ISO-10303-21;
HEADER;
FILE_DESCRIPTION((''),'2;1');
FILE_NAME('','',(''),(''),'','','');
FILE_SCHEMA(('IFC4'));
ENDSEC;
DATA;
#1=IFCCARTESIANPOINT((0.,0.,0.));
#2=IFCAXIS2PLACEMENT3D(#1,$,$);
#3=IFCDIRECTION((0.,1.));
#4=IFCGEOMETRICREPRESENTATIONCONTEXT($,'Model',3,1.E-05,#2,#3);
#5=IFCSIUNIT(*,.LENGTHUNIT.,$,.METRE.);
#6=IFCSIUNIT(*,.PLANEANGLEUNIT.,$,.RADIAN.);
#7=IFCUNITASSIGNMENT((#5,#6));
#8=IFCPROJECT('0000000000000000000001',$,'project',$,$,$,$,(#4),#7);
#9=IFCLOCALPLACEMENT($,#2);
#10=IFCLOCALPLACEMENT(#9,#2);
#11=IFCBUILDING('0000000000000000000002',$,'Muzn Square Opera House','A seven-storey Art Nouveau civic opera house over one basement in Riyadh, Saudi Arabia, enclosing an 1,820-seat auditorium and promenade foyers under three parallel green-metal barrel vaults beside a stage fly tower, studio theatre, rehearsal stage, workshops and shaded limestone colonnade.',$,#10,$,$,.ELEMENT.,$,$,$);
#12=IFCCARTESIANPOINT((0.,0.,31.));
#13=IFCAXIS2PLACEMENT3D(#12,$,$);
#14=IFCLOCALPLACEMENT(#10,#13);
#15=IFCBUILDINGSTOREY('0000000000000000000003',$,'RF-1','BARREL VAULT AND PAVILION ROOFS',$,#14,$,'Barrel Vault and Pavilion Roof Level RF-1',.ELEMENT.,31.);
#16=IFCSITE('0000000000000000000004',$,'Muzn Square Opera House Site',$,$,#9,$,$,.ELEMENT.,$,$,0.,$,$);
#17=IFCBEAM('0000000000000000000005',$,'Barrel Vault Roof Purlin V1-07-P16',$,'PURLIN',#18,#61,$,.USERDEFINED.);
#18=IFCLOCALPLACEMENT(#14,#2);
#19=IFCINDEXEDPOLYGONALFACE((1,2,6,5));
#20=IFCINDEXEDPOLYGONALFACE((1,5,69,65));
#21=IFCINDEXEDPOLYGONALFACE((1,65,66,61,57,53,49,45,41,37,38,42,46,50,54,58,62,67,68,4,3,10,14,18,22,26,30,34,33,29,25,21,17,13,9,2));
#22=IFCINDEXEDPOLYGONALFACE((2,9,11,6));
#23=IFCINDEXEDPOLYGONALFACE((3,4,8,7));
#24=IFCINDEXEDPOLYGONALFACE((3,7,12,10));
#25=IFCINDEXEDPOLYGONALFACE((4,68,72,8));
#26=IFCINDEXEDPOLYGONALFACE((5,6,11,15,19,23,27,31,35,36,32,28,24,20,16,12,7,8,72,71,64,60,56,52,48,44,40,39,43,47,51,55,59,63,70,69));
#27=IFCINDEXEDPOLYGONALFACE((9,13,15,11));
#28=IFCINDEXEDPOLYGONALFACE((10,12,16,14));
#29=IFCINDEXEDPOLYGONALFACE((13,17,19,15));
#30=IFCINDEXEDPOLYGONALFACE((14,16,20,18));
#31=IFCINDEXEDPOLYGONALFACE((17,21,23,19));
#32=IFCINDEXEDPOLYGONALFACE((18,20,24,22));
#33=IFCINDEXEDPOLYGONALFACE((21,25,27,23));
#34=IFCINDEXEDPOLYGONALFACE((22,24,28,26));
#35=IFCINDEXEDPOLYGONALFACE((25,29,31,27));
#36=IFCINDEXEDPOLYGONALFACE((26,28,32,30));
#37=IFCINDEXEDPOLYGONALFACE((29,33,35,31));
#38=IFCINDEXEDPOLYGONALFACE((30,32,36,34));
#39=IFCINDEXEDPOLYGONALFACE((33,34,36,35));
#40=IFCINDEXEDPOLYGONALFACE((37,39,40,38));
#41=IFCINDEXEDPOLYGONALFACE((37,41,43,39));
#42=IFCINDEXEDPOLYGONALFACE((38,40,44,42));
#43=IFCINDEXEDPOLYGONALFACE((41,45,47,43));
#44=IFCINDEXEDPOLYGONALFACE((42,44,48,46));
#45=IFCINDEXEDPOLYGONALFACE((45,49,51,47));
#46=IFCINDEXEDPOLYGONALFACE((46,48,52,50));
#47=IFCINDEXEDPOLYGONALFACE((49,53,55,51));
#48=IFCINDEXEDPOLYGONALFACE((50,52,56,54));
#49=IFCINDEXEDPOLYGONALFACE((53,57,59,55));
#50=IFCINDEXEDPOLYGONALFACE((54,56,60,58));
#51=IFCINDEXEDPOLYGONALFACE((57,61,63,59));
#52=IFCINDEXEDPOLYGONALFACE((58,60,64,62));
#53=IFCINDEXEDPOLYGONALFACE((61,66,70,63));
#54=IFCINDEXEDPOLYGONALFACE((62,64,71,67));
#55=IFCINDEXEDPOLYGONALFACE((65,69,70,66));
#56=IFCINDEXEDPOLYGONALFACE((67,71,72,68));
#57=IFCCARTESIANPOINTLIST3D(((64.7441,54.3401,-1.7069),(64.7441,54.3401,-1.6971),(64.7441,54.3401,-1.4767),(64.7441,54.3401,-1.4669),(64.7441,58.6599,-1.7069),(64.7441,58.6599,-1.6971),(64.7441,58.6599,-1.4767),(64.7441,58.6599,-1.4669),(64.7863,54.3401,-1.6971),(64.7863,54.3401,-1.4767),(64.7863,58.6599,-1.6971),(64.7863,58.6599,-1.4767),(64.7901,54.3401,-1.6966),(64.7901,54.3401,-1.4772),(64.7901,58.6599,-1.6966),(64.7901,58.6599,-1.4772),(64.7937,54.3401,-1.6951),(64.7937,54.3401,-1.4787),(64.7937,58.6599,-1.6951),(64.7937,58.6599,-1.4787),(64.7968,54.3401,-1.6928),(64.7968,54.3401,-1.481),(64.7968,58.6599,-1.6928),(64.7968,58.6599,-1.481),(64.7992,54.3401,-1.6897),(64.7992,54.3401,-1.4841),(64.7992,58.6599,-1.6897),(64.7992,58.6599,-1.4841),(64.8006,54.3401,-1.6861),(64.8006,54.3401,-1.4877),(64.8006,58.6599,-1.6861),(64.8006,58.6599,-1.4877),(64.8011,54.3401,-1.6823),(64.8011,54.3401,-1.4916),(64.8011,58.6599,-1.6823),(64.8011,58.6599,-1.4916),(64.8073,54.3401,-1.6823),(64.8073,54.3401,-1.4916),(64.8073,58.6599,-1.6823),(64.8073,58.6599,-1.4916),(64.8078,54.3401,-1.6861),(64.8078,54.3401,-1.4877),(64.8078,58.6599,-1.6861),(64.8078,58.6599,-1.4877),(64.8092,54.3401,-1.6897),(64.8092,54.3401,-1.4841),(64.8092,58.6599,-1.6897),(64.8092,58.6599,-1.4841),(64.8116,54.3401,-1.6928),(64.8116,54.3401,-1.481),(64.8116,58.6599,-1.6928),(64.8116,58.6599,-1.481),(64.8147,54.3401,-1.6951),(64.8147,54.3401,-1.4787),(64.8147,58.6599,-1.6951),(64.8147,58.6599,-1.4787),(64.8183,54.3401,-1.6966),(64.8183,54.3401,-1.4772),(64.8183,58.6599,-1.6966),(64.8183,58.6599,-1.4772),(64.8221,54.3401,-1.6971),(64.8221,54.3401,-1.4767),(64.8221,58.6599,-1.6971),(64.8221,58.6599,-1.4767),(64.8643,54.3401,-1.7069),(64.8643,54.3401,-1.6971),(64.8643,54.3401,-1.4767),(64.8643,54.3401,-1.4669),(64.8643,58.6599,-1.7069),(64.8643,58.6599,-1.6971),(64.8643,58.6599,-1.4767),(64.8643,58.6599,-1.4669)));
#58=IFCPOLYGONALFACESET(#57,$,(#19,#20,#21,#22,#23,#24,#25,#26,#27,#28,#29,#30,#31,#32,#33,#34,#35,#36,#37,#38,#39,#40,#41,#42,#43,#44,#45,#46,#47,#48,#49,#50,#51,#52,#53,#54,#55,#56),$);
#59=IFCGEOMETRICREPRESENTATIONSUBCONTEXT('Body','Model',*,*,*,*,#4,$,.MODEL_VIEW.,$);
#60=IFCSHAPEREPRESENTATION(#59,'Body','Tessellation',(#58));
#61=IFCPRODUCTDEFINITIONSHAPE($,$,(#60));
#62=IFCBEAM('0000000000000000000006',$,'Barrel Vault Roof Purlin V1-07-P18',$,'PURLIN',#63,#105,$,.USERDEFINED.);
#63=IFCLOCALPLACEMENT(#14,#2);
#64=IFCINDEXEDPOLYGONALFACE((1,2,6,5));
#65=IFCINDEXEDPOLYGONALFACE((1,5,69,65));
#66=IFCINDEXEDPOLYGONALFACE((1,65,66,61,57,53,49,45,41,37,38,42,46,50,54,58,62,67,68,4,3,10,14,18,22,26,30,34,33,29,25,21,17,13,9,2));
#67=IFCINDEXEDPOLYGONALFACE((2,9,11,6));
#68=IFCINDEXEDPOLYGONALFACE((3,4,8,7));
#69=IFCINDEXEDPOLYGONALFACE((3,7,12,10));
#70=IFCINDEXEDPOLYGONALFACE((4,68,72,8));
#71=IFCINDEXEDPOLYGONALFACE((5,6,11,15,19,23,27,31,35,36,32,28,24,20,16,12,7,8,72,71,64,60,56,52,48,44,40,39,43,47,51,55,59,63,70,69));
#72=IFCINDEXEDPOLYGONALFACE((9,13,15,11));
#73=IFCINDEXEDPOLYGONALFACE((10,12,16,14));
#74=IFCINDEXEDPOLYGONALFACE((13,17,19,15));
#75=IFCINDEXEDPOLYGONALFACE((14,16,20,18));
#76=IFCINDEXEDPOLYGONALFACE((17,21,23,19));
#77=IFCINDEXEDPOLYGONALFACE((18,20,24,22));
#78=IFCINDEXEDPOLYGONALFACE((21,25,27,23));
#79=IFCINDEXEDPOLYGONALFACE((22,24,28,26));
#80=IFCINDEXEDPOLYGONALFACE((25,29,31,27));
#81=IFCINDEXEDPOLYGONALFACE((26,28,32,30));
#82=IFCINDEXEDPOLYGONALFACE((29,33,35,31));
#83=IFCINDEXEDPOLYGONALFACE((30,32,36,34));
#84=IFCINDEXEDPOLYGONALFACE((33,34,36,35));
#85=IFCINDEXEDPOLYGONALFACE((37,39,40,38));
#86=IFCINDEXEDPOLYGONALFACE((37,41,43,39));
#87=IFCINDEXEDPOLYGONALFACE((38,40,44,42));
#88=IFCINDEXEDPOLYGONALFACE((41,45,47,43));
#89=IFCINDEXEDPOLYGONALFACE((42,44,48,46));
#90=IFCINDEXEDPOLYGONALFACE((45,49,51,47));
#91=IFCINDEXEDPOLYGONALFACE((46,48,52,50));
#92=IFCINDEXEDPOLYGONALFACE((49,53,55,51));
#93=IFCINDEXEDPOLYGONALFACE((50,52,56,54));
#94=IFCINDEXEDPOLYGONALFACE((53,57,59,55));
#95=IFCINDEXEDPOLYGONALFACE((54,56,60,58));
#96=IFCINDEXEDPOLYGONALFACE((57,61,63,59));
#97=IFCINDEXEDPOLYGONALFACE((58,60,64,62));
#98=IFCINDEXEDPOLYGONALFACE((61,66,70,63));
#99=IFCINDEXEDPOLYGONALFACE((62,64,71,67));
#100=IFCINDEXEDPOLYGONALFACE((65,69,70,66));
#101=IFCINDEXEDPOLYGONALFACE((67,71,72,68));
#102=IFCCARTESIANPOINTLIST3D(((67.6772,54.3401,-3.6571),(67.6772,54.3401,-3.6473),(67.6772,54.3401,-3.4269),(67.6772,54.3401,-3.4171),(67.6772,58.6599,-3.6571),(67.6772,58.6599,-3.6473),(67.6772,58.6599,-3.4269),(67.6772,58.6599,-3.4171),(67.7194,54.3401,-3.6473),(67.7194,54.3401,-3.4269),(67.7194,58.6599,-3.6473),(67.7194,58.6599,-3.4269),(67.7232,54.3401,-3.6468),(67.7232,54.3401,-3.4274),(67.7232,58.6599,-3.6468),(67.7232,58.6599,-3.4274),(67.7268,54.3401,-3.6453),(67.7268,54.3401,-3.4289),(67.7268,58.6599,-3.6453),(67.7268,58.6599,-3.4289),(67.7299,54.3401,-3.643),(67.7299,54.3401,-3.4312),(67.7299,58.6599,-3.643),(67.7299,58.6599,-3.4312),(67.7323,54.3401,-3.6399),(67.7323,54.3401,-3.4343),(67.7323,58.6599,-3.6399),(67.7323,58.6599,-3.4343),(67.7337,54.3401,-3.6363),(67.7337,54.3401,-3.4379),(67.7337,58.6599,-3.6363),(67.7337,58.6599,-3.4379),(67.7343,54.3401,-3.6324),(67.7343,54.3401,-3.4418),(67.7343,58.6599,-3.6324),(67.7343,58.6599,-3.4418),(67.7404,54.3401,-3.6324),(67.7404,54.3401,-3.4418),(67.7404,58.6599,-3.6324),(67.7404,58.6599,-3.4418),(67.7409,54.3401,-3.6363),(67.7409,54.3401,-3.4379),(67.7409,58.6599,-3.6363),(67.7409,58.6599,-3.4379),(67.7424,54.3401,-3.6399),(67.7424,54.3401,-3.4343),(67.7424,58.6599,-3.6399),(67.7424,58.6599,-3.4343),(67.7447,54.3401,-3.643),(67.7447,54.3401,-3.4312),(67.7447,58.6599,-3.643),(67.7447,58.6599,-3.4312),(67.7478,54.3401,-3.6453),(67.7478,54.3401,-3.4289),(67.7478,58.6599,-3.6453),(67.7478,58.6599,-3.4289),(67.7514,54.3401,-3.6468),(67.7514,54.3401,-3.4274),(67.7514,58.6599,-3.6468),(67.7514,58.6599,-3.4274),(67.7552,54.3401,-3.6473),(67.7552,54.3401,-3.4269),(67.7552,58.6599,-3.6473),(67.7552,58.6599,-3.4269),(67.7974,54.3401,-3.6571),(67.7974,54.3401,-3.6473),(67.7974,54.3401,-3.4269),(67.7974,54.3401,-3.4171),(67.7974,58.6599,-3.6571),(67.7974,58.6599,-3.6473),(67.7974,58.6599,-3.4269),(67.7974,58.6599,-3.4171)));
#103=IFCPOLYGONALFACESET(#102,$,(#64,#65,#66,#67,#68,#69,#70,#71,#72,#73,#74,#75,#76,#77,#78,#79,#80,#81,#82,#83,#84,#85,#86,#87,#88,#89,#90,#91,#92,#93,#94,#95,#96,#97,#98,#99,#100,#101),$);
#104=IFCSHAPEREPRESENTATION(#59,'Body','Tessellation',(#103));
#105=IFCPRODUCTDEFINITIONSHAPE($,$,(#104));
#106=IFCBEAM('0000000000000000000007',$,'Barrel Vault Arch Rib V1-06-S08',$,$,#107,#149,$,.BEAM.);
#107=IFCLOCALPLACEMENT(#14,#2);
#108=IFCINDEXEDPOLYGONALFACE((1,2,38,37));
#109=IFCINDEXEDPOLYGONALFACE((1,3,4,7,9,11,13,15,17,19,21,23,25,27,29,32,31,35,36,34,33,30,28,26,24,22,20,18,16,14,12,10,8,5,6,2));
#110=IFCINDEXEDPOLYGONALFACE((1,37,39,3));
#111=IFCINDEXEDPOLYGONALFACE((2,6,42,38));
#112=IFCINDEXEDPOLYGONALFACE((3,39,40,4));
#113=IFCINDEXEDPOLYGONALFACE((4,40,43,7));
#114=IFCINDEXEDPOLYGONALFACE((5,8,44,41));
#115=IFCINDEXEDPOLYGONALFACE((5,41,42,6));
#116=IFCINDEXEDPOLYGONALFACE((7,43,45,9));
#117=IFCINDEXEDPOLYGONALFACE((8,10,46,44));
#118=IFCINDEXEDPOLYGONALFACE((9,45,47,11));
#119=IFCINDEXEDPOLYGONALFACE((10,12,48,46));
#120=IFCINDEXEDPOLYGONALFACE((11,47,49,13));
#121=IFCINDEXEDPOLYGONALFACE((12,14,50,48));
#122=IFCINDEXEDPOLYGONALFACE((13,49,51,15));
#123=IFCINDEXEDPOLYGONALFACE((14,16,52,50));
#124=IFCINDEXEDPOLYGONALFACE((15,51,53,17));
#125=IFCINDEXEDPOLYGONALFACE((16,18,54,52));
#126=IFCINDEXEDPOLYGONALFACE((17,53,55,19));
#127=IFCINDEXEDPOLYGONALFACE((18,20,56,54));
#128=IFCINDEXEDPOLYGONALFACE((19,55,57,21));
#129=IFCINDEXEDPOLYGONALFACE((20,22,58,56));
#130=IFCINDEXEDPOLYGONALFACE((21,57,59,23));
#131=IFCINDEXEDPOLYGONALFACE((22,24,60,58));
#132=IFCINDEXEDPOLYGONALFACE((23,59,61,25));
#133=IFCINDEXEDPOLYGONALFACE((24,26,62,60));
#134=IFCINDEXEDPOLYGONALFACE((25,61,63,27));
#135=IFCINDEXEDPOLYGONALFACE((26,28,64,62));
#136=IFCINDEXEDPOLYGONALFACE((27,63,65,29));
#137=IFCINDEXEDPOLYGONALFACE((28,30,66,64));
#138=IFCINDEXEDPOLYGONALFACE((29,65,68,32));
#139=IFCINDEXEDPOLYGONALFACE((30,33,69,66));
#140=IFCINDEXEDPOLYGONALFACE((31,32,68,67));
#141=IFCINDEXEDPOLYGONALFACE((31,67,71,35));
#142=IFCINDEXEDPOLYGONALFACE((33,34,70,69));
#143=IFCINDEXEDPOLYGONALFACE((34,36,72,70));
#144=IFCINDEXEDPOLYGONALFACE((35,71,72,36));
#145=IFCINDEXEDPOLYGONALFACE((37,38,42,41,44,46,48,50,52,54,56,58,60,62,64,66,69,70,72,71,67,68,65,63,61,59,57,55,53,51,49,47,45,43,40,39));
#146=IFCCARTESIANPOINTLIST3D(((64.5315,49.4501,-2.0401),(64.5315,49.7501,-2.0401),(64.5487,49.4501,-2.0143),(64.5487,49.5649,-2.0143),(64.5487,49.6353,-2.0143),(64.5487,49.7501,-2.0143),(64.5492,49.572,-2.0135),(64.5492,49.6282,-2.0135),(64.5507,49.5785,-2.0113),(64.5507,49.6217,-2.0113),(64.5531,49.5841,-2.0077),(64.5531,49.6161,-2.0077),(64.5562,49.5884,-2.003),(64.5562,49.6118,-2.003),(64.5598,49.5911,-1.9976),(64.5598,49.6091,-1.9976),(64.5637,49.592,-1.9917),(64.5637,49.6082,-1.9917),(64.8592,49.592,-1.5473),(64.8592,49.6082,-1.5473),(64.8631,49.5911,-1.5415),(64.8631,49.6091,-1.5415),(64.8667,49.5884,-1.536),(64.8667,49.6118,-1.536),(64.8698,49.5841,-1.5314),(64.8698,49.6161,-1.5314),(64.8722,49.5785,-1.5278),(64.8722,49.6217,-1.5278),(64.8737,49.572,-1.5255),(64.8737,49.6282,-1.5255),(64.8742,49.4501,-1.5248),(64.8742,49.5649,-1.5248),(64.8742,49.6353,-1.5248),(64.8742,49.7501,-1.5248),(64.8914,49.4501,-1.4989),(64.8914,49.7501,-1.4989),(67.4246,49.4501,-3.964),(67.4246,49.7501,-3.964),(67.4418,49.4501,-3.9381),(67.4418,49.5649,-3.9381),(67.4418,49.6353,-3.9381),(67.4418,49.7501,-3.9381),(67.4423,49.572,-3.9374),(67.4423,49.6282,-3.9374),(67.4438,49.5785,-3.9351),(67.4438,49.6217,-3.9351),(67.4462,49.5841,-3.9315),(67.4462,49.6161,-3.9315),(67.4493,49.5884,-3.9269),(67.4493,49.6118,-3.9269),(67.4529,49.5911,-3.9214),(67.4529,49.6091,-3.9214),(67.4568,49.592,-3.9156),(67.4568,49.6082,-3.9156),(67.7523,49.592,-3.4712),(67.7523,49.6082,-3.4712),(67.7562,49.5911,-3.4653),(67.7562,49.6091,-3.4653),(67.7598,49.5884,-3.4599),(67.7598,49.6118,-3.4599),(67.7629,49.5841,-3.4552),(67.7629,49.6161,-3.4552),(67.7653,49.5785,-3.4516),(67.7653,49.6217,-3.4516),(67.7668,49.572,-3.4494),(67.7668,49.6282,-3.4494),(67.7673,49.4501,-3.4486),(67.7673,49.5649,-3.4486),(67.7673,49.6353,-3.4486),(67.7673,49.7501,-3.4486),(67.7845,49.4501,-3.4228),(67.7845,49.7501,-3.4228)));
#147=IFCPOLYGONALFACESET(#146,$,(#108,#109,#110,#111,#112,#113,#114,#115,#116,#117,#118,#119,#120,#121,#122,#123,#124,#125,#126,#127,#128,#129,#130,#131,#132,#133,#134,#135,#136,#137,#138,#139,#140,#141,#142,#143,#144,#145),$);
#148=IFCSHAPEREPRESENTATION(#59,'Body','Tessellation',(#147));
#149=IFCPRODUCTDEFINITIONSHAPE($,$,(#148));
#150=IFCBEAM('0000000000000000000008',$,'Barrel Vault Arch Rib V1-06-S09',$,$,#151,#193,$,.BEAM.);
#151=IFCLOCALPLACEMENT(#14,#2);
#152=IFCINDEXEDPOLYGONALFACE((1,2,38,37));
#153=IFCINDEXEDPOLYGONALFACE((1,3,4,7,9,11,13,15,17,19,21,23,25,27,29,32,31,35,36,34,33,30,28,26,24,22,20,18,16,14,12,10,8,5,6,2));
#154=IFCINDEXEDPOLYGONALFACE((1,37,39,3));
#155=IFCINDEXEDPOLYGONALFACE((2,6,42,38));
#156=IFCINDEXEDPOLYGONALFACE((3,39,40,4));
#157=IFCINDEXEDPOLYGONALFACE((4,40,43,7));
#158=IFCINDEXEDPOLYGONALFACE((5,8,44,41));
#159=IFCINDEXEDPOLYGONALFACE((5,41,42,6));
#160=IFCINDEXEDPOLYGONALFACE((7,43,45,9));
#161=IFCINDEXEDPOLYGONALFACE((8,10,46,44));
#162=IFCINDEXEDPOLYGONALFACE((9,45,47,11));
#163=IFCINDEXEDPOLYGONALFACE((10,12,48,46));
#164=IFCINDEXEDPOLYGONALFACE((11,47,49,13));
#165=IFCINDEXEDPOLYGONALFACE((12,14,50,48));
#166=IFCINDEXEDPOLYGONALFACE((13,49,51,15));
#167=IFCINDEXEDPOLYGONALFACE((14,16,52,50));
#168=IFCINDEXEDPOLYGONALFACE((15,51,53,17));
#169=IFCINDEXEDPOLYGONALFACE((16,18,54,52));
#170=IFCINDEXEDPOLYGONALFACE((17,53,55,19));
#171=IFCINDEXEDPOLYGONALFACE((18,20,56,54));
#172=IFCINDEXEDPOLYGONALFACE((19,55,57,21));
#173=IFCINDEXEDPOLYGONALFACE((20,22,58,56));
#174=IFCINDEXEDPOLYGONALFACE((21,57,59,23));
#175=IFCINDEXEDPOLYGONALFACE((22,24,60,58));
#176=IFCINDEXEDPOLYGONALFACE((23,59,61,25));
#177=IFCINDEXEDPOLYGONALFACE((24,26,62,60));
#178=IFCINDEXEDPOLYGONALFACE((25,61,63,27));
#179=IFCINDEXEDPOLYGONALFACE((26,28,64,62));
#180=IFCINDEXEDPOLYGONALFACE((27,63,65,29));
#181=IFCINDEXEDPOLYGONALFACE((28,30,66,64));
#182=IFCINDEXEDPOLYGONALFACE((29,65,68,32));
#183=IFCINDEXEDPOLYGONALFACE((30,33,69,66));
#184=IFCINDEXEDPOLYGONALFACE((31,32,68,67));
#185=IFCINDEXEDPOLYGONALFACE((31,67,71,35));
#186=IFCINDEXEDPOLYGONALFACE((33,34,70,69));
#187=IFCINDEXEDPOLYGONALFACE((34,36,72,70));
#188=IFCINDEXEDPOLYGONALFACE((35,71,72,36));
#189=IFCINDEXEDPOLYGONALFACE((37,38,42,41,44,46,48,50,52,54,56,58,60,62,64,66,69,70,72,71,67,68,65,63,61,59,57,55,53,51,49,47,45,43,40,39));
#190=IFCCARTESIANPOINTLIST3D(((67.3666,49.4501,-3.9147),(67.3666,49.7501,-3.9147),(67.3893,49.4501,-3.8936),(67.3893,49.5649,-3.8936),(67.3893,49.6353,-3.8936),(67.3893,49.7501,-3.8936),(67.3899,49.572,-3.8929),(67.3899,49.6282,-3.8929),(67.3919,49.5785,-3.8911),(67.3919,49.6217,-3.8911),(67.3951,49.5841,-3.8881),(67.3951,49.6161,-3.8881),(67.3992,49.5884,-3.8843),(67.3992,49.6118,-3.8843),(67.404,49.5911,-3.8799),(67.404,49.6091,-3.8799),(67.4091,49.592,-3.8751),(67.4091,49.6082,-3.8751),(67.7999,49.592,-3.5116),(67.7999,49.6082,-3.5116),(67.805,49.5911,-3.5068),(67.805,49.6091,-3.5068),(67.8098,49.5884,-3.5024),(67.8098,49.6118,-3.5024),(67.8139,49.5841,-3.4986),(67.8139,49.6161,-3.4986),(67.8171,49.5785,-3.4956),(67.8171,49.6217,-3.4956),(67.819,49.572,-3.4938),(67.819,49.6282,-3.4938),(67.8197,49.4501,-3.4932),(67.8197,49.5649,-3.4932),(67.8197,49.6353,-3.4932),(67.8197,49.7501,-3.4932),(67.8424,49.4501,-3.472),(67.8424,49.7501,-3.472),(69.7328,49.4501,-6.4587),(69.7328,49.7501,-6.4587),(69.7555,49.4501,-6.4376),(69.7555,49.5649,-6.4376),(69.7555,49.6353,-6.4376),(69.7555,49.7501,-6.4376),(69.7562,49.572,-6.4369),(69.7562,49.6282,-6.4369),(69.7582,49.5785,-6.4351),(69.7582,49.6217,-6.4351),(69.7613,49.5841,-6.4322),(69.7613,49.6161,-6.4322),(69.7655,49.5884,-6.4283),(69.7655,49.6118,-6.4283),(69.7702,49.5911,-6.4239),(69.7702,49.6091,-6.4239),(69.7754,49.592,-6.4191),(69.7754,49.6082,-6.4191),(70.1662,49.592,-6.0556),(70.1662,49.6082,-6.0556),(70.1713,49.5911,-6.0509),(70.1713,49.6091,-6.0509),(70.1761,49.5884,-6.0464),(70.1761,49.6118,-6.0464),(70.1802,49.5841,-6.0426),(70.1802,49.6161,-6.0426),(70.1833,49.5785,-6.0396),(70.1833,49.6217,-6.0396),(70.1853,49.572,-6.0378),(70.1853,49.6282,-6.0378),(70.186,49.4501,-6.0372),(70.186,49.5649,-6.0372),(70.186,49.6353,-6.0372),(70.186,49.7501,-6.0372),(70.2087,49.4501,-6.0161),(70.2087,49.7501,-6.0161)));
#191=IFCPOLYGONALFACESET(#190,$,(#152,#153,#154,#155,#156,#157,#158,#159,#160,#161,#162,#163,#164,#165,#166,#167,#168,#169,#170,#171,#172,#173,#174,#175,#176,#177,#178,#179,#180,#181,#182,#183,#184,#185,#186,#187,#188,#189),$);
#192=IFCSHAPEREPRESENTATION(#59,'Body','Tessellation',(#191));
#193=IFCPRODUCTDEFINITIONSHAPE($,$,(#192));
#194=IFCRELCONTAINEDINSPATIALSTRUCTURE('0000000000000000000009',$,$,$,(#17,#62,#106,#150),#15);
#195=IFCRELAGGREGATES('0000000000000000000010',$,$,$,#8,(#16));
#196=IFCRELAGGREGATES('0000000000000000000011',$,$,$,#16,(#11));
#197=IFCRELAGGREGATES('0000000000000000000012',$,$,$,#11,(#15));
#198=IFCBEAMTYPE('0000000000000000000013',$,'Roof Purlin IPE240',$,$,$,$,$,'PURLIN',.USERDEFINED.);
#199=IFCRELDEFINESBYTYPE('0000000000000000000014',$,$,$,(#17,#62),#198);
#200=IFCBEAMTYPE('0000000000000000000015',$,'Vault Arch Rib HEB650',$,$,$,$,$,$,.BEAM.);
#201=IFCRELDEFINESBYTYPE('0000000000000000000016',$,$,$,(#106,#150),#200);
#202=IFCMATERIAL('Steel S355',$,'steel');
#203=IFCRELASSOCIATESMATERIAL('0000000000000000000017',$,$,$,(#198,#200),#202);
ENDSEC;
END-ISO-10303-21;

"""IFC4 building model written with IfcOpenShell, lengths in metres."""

from ifc_helpers import new_model, si_unit, direction, frame, origin, origin_2d, place, context, subcontext, project, spatial, i_section, extrude, material, material_profile, profile_set, type_object, element, save


model = new_model("IFC4")

# Units and contexts
model_context = context("Model", 3, precision=1e-05, world=origin(), true_north=direction((0.0, 1.0)))
body_context = subcontext(model_context, "Body", "Model", "MODEL_VIEW")
ifc_project = project(units=[si_unit("LENGTHUNIT", "METRE"), si_unit("PLANEANGLEUNIT", "RADIAN")], contexts=[model_context])

# Site, building, storey
site_placement = place(None, origin())
site = spatial("IfcSite", under=ifc_project, at=site_placement, Name="Muzn Square Opera House Site", CompositionType="ELEMENT", RefElevation=0.0)
building_placement = place(site_placement, origin())
building = spatial("IfcBuilding", under=site, at=building_placement, Name="Muzn Square Opera House", Description="A seven-storey Art Nouveau civic opera house over one basement in Riyadh, Saudi Arabia, enclosing an 1,820-seat auditorium and promenade foyers under three parallel green-metal barrel vaults beside a stage fly tower, studio theatre, rehearsal stage, workshops and shaded limestone colonnade.", CompositionType="ELEMENT")
storey_placement = place(building_placement, frame((0.0, 0.0, 31.0)))
storey = spatial("IfcBuildingStorey", under=building, at=storey_placement, Name="RF-1", Description="BARREL VAULT AND PAVILION ROOFS", LongName="Barrel Vault and Pavilion Roof Level RF-1", CompositionType="ELEMENT", Elevation=31.0)

# Beams
ifc_material_1 = material(Name="Steel S355", Category="steel")
ifc_material_profile_1 = material_profile(ifc_material_1, i_section(OverallWidth=0.1201, OverallDepth=0.24, WebThickness=0.0061, FlangeThickness=0.0098, FilletRadius=0.0149, at=origin_2d()), Name="IPE 240", Category="steel")
ifc_profile_set_1 = profile_set([ifc_material_profile_1], Name="Steel S355")
beam_type_1 = type_object("IfcBeamType", Name="Roof Purlin IPE240", ElementType="PURLIN", PredefinedType="USERDEFINED", material=ifc_profile_set_1)
for number, where, z_axis, x_axis, name in (
    (1, (64.8042, 54.3401, -1.5869), (0.0, 1.0, 0.0), (-1.0, 0.0, 0.0), "Barrel Vault Roof Purlin V1-07-P16"),
    (2, (67.7373, 54.3401, -3.5371), (0.0, 1.0, 0.0), (-1.0, 0.0, 0.0), "Barrel Vault Roof Purlin V1-07-P18"),
):
    element("IfcBeam", number, at=place(storey_placement, frame(where, z_axis=z_axis, x_axis=x_axis)), inside=storey, type_object=beam_type_1, Name=name, ObjectType="PURLIN", PredefinedType="USERDEFINED", context=body_context, shape_type="SweptSolid", body=[
        extrude(i_section(OverallWidth=0.1201, OverallDepth=0.24, WebThickness=0.0061, FlangeThickness=0.0098, FilletRadius=0.0149, at=origin_2d()), origin(), (0.0, 0.0, 1.0), 4.3198),
    ])
ifc_material_profile_2 = material_profile(ifc_material_1, i_section(OverallWidth=0.3, OverallDepth=0.6499, WebThickness=0.0161, FlangeThickness=0.031, FilletRadius=0.0271, at=origin_2d()), Name="HEB 650", Category="steel")
ifc_profile_set_2 = profile_set([ifc_material_profile_2], Name="Steel S355")
beam_type_2 = type_object("IfcBeamType", Name="Vault Arch Rib HEB650", PredefinedType="BEAM", material=ifc_profile_set_2)
for number, where, z_axis, x_axis, name in (
    (3, (64.7114, 49.6001, -1.7695), (0.832698, 0.0, -0.553727), (0.0, 1.0, 0.0), "Barrel Vault Arch Rib V1-06-S08"),
    (4, (67.6045, 49.6001, -3.6934), (0.681065, 0.0, -0.732223), (0.0, 1.0, 0.0), "Barrel Vault Arch Rib V1-06-S09"),
):
    element("IfcBeam", number, at=place(storey_placement, frame(where, z_axis=z_axis, x_axis=x_axis)), inside=storey, type_object=beam_type_2, Name=name, PredefinedType="BEAM", context=body_context, shape_type="SweptSolid", body=[
        extrude(i_section(OverallWidth=0.3, OverallDepth=0.6499, WebThickness=0.0161, FlangeThickness=0.031, FilletRadius=0.0271, at=origin_2d()), origin(), (0.0, 0.0, 1.0), 3.4744),
    ])

save(model, "model.ifc")
